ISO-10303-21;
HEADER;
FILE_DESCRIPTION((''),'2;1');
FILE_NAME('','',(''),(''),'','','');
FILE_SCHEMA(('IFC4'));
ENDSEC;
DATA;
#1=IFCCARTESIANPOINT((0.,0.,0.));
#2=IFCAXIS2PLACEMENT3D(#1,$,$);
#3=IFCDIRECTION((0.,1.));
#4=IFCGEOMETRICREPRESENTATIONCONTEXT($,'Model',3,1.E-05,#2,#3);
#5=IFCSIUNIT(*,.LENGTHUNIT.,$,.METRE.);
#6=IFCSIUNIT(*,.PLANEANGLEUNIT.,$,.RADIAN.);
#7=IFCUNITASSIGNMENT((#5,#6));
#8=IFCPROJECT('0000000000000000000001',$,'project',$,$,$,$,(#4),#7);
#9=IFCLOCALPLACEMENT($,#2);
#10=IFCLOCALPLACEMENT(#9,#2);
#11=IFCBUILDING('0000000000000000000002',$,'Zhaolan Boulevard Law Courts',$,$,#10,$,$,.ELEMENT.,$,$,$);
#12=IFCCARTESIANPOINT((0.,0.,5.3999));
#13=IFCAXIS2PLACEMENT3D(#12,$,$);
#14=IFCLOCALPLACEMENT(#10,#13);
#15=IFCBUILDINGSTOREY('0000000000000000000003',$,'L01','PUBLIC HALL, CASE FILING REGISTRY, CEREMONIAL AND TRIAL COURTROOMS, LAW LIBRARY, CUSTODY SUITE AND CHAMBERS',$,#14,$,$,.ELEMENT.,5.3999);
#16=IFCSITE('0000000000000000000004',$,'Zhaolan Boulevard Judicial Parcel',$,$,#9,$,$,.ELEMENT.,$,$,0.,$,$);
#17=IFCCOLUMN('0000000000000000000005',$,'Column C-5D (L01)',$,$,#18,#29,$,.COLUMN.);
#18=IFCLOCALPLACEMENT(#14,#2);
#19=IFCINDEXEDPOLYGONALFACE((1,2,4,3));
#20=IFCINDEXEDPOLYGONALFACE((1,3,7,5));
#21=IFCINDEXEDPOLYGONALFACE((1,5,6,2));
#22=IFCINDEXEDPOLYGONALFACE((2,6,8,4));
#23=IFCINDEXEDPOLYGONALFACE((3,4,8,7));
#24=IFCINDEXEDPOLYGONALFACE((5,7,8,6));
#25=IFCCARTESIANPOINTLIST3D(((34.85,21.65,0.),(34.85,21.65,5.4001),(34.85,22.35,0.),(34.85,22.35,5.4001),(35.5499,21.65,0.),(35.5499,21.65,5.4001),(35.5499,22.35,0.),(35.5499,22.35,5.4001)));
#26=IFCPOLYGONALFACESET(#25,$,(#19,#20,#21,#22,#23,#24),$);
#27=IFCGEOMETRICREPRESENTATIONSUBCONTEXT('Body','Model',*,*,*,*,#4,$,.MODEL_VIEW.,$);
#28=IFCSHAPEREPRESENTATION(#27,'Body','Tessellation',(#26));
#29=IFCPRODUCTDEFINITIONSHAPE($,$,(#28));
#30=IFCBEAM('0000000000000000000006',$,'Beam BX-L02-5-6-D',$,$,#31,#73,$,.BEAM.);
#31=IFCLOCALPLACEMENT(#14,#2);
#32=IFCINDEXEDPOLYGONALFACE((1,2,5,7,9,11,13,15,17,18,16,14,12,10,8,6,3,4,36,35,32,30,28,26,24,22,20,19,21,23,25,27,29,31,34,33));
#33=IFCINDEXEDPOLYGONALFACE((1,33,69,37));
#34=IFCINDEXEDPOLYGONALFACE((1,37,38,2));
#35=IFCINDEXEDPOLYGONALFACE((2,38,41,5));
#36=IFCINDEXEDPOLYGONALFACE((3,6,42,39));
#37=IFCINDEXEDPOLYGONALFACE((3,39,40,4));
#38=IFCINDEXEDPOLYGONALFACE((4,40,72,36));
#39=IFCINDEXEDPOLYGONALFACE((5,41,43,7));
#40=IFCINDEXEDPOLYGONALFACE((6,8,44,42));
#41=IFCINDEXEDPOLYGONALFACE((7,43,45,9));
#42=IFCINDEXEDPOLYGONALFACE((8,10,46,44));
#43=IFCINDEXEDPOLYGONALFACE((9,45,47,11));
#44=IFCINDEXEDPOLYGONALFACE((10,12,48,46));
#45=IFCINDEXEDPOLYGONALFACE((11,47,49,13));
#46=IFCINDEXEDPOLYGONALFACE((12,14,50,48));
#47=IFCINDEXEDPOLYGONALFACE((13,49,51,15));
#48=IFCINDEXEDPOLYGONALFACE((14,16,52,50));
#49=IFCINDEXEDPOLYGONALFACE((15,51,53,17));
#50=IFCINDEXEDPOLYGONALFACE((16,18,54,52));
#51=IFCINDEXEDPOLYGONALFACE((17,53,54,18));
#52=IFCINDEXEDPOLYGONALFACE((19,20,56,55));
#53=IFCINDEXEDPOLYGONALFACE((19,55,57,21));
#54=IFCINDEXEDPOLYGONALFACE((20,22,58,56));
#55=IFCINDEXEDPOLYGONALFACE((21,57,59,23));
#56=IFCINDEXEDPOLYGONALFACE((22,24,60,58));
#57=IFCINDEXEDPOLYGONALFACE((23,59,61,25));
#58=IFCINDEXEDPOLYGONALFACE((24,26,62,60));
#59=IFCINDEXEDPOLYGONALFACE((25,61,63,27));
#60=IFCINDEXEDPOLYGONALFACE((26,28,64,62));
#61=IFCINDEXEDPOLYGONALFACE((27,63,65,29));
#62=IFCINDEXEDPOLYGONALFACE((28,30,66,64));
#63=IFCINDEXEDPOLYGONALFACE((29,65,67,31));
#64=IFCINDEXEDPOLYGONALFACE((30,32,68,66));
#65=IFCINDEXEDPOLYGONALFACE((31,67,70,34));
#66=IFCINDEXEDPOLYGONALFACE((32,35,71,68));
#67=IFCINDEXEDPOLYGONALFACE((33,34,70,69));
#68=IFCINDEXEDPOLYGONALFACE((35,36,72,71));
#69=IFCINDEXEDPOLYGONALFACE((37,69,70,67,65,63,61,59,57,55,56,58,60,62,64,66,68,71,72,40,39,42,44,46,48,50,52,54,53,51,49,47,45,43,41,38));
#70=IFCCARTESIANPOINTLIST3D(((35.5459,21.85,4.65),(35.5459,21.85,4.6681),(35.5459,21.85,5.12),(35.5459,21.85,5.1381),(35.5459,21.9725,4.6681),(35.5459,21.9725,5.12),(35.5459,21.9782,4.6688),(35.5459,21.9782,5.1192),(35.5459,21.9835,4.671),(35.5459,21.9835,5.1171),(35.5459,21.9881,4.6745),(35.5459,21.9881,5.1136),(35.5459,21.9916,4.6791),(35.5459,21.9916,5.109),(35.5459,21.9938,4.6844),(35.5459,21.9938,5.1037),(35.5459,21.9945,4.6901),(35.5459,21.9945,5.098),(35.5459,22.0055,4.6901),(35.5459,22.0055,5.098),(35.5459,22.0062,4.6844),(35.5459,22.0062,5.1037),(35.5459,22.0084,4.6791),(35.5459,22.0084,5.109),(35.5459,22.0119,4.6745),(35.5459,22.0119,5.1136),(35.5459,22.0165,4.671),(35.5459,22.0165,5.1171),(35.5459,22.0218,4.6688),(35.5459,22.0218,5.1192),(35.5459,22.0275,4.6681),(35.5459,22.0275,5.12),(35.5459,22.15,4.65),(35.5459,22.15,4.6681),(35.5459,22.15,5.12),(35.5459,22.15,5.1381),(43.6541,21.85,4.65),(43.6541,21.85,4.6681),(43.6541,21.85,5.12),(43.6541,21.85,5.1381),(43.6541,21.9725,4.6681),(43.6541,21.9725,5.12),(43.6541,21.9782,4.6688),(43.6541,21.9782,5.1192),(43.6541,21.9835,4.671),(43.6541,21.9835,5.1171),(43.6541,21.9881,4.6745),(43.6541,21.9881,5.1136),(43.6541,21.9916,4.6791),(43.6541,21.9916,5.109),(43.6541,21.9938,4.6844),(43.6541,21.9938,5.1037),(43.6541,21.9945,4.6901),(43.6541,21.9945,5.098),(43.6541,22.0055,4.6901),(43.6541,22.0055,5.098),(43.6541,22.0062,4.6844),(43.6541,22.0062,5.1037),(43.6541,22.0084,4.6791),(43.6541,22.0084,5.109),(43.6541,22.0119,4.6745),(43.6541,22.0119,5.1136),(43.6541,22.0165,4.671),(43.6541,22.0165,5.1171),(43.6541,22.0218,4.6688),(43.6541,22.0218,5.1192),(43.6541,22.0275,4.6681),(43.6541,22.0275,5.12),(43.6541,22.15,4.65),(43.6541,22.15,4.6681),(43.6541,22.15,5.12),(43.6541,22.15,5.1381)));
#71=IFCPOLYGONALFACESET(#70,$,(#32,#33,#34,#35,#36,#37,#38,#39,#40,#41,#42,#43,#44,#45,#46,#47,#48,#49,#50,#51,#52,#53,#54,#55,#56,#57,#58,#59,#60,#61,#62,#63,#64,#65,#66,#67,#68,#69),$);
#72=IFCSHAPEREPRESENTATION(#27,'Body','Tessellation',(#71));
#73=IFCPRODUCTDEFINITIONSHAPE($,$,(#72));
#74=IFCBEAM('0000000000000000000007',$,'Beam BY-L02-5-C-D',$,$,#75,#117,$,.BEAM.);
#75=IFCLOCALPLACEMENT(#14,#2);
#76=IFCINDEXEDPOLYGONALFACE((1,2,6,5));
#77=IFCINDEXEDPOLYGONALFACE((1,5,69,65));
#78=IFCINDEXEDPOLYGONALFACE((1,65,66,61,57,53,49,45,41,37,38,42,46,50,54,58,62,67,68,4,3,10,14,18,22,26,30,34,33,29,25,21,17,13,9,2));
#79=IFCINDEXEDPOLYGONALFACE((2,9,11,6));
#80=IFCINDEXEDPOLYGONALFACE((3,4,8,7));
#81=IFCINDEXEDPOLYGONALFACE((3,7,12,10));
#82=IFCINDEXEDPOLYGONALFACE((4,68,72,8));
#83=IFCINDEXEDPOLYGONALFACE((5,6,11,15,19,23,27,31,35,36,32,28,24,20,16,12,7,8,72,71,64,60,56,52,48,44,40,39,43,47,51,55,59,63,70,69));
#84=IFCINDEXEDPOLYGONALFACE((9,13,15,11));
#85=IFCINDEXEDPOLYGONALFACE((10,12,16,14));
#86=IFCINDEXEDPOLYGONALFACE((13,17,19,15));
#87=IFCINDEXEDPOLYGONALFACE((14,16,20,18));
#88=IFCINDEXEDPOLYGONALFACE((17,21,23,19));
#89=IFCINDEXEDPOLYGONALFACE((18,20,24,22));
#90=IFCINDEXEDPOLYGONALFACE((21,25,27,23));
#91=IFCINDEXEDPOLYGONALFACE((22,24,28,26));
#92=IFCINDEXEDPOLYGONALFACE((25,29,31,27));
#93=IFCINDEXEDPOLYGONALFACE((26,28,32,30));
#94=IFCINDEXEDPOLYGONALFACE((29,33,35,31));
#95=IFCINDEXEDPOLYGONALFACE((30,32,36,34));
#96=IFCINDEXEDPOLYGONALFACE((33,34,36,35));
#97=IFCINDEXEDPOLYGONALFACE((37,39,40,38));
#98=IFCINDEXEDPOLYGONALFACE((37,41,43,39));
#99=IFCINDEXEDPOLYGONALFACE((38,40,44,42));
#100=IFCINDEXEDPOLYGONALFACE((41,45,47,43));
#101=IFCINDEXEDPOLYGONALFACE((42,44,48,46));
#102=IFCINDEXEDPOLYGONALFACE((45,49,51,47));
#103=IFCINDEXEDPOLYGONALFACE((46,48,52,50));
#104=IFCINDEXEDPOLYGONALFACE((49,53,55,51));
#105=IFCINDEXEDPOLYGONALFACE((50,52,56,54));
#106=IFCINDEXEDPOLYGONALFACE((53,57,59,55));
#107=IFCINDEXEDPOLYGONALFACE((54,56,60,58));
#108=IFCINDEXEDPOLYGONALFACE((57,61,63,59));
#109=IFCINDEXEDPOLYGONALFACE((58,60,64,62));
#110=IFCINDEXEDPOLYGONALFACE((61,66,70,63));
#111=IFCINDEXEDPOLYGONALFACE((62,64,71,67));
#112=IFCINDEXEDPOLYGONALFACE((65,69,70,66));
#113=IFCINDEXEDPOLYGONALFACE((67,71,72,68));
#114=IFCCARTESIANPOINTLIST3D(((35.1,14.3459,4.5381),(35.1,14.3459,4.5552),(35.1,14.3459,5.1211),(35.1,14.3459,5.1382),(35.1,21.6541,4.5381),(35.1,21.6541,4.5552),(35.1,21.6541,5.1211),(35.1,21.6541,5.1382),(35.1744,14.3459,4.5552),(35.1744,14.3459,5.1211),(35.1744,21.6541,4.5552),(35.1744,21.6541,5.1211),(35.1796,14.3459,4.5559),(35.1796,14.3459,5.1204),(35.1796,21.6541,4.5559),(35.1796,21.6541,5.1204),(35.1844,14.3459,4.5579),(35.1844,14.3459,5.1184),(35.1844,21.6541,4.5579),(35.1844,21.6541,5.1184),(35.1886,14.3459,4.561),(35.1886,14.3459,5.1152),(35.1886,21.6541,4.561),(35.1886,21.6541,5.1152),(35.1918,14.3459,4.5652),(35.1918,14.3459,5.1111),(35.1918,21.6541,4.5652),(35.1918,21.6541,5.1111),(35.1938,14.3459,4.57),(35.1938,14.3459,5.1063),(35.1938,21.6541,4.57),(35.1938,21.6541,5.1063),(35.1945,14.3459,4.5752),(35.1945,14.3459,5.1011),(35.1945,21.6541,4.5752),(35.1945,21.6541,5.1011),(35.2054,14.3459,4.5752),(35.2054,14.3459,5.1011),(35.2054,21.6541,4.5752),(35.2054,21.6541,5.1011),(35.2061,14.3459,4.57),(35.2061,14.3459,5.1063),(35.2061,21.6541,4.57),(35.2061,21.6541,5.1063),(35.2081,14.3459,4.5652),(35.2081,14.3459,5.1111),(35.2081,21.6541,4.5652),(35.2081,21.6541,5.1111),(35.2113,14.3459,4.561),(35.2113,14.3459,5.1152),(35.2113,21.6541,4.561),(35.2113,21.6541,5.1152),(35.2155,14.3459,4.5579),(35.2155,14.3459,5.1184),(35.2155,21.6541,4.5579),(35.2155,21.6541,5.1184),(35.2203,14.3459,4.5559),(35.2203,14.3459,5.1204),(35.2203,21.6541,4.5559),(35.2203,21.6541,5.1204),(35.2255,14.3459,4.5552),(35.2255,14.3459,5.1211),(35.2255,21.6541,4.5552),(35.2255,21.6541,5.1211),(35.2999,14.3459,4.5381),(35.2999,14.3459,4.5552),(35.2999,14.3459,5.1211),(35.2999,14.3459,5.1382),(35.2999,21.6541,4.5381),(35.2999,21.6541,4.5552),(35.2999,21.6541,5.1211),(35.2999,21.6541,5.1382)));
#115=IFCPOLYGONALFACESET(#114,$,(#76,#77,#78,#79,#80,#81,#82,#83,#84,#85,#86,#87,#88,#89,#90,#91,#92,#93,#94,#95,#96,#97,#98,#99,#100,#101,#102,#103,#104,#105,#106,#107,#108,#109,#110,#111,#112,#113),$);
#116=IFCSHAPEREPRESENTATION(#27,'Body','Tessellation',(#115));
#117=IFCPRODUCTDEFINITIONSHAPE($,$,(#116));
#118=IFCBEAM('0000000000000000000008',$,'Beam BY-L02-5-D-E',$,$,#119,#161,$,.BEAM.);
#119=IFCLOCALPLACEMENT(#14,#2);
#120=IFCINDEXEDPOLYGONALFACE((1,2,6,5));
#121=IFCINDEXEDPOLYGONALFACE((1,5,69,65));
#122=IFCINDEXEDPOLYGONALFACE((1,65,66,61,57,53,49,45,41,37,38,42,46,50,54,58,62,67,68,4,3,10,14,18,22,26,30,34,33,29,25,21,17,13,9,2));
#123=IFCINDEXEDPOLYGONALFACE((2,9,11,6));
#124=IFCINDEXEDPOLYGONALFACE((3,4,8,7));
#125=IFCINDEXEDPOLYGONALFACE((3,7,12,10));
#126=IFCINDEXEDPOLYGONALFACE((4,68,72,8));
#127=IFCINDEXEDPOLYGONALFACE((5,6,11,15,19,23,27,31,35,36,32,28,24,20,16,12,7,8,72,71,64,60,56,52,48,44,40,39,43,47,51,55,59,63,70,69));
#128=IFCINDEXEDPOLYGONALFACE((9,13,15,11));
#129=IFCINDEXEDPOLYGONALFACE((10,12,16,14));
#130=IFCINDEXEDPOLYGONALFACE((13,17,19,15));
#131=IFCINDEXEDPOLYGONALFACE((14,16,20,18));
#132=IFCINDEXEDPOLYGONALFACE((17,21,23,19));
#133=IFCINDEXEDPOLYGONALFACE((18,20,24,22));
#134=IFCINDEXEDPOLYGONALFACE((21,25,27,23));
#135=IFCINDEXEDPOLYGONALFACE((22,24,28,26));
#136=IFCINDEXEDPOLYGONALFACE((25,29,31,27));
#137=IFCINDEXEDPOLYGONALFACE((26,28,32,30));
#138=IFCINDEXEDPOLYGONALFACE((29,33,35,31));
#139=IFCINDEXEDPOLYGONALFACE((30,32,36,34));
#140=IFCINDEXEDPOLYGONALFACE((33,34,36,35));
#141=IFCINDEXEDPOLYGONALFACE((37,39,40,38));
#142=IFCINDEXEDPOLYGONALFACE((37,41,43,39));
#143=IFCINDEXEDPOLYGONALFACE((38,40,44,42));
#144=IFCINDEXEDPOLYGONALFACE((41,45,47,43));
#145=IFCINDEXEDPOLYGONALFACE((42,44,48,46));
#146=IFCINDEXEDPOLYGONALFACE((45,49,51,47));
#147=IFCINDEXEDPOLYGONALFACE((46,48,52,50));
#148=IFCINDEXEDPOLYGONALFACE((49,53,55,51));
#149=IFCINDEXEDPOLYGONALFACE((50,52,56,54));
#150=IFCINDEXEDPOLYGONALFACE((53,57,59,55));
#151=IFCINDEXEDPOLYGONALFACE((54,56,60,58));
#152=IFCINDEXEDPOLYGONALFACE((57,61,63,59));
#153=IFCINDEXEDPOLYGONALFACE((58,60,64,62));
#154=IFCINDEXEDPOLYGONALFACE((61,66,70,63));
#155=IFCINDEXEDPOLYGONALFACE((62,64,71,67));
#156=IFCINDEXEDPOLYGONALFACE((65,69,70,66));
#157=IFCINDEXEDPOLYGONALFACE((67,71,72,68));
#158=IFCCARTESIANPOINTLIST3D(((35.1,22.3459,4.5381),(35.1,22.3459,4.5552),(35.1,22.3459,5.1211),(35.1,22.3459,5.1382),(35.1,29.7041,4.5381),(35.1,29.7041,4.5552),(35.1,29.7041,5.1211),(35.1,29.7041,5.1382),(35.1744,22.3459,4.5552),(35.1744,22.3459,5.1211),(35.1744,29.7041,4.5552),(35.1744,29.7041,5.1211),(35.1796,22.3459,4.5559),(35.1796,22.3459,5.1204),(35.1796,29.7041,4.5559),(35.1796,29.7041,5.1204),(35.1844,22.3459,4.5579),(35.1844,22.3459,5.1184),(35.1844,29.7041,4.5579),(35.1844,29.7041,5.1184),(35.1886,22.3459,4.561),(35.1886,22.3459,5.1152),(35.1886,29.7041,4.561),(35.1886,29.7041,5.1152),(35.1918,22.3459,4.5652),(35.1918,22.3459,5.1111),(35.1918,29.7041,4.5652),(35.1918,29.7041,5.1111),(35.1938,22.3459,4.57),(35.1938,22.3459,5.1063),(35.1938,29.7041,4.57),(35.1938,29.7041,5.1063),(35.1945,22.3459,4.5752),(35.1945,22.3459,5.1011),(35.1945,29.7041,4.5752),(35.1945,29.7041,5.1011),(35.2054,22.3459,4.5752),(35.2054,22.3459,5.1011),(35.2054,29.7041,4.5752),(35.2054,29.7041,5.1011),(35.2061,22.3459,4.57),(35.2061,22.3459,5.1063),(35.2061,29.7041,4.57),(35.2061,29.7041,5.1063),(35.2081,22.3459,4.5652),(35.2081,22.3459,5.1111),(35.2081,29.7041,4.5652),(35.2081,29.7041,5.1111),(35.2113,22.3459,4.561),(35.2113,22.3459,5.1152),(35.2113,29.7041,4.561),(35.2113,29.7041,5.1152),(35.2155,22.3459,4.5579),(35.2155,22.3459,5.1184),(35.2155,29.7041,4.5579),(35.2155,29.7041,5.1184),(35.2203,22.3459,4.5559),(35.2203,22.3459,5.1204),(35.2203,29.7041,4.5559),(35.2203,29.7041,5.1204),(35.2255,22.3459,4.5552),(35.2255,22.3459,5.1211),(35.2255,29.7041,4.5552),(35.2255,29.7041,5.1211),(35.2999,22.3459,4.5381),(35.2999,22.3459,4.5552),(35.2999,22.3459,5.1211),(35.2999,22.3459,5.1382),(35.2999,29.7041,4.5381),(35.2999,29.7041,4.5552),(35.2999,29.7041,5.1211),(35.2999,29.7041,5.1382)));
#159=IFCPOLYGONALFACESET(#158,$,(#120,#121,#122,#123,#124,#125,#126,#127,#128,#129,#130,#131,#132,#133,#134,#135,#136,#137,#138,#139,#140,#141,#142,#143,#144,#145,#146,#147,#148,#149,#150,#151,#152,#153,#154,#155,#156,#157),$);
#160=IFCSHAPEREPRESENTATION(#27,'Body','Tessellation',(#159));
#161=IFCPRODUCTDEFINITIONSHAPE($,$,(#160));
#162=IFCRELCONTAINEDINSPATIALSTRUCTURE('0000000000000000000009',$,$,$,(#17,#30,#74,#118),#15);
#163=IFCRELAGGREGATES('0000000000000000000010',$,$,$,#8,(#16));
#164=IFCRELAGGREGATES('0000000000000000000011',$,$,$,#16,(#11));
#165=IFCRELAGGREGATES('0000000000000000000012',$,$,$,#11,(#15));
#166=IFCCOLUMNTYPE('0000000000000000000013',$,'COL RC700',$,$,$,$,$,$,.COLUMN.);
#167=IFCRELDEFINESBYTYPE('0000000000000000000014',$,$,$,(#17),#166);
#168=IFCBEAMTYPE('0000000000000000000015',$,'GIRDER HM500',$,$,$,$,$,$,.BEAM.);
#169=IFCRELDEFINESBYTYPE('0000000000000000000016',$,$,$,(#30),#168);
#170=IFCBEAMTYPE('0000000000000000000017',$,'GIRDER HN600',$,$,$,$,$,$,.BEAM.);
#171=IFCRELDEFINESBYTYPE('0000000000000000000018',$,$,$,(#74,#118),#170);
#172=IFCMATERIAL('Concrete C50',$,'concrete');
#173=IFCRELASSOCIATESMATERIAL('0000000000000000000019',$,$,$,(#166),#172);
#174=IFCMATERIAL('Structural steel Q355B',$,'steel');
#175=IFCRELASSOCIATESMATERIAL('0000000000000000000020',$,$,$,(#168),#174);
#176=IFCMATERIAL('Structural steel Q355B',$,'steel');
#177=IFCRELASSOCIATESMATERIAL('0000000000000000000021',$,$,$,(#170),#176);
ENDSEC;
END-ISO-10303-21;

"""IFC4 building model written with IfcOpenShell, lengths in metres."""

from ifc_helpers import new_model, si_unit, direction, frame, origin, origin_2d, place, context, subcontext, project, spatial, rectangle, i_section, extrude, material, material_profile, profile_set, type_object, element, save


model = new_model("IFC4")

# Units and contexts
model_context = context("Model", 3, precision=1e-05, world=origin(), true_north=direction((0.0, 1.0)))
body_context = subcontext(model_context, "Body", "Model", "MODEL_VIEW")
ifc_project = project(units=[si_unit("LENGTHUNIT", "METRE"), si_unit("PLANEANGLEUNIT", "RADIAN")], contexts=[model_context])

# Site, building, storey
site_placement = place(None, origin())
site = spatial("IfcSite", under=ifc_project, at=site_placement, Name="Zhaolan Boulevard Judicial Parcel", CompositionType="ELEMENT", RefElevation=0.0)
building_placement = place(site_placement, origin())
building = spatial("IfcBuilding", under=site, at=building_placement, Name="Zhaolan Boulevard Law Courts", CompositionType="ELEMENT")
storey_placement = place(building_placement, frame((0.0, 0.0, 5.3999)))
storey = spatial("IfcBuildingStorey", under=building, at=storey_placement, Name="L01", Description="PUBLIC HALL, CASE FILING REGISTRY, CEREMONIAL AND TRIAL COURTROOMS, LAW LIBRARY, CUSTODY SUITE AND CHAMBERS", CompositionType="ELEMENT", Elevation=5.3999)

# Column
ifc_material_1 = material(Name="Concrete C50", Category="concrete")
ifc_material_profile_1 = material_profile(ifc_material_1, rectangle(XDim=0.7, YDim=0.7, at=origin_2d()), Name="RC700x700")
ifc_profile_set_1 = profile_set([ifc_material_profile_1], Name="Concrete C50")
column_type = type_object("IfcColumnType", Name="COL RC700", PredefinedType="COLUMN", material=ifc_profile_set_1)
column_placement = place(storey_placement, frame((35.2, 22.0, 0.0), z_axis=(0.0, 0.0, 1.0), x_axis=(1.0, 0.0, 0.0)))
element("IfcColumn", 1, at=column_placement, inside=storey, type_object=column_type, Name="Column C-5D (L01)", PredefinedType="COLUMN", context=body_context, shape_type="SweptSolid", body=[
    extrude(rectangle(XDim=0.7, YDim=0.7, at=origin_2d()), origin(), (0.0, 0.0, 1.0), 5.4001),
])

# Beams
ifc_material_2 = material(Name="Structural steel Q355B", Category="steel")
ifc_material_profile_2 = material_profile(ifc_material_2, i_section(OverallWidth=0.3, OverallDepth=0.488, WebThickness=0.011, FlangeThickness=0.0181, FilletRadius=0.022, at=origin_2d()), Name="HM488x300")
ifc_profile_set_2 = profile_set([ifc_material_profile_2], Name="Structural steel Q355B")
beam_type_1 = type_object("IfcBeamType", Name="GIRDER HM500", PredefinedType="BEAM", material=ifc_profile_set_2)
beam_1_placement = place(storey_placement, frame((35.5459, 22.0, 4.894), z_axis=(1.0, 0.0, 0.0), x_axis=(0.0, 1.0, 0.0)))
element("IfcBeam", 2, at=beam_1_placement, inside=storey, type_object=beam_type_1, Name="Beam BX-L02-5-6-D", PredefinedType="BEAM", context=body_context, shape_type="SweptSolid", body=[
    extrude(i_section(OverallWidth=0.3, OverallDepth=0.488, WebThickness=0.011, FlangeThickness=0.0181, FilletRadius=0.022, at=origin_2d()), origin(), (0.0, 0.0, 1.0), 8.1082),
])
ifc_material_3 = material(Name="Structural steel Q355B", Category="steel")
ifc_material_profile_3 = material_profile(ifc_material_3, i_section(OverallWidth=0.2, OverallDepth=0.6001, WebThickness=0.011, FlangeThickness=0.0171, FilletRadius=0.02, at=origin_2d()), Name="HN600x200")
ifc_profile_set_3 = profile_set([ifc_material_profile_3], Name="Structural steel Q355B")
beam_type_2 = type_object("IfcBeamType", Name="GIRDER HN600", PredefinedType="BEAM", material=ifc_profile_set_3)
beam_2_placement = place(storey_placement, frame((35.2, 14.3459, 4.8381), z_axis=(0.0, 1.0, 0.0), x_axis=(-1.0, 0.0, 0.0)))
element("IfcBeam", 3, at=beam_2_placement, inside=storey, type_object=beam_type_2, Name="Beam BY-L02-5-C-D", PredefinedType="BEAM", context=body_context, shape_type="SweptSolid", body=[
    extrude(i_section(OverallWidth=0.2, OverallDepth=0.6001, WebThickness=0.011, FlangeThickness=0.0171, FilletRadius=0.02, at=origin_2d()), origin(), (0.0, 0.0, 1.0), 7.3081),
])
beam_3_placement = place(storey_placement, frame((35.2, 22.3459, 4.8381), z_axis=(0.0, 1.0, 0.0), x_axis=(-1.0, 0.0, 0.0)))
element("IfcBeam", 4, at=beam_3_placement, inside=storey, type_object=beam_type_2, Name="Beam BY-L02-5-D-E", PredefinedType="BEAM", context=body_context, shape_type="SweptSolid", body=[
    extrude(i_section(OverallWidth=0.2, OverallDepth=0.6001, WebThickness=0.011, FlangeThickness=0.0171, FilletRadius=0.02, at=origin_2d()), origin(), (0.0, 0.0, 1.0), 7.3582),
])

save(model, "model.ifc")
